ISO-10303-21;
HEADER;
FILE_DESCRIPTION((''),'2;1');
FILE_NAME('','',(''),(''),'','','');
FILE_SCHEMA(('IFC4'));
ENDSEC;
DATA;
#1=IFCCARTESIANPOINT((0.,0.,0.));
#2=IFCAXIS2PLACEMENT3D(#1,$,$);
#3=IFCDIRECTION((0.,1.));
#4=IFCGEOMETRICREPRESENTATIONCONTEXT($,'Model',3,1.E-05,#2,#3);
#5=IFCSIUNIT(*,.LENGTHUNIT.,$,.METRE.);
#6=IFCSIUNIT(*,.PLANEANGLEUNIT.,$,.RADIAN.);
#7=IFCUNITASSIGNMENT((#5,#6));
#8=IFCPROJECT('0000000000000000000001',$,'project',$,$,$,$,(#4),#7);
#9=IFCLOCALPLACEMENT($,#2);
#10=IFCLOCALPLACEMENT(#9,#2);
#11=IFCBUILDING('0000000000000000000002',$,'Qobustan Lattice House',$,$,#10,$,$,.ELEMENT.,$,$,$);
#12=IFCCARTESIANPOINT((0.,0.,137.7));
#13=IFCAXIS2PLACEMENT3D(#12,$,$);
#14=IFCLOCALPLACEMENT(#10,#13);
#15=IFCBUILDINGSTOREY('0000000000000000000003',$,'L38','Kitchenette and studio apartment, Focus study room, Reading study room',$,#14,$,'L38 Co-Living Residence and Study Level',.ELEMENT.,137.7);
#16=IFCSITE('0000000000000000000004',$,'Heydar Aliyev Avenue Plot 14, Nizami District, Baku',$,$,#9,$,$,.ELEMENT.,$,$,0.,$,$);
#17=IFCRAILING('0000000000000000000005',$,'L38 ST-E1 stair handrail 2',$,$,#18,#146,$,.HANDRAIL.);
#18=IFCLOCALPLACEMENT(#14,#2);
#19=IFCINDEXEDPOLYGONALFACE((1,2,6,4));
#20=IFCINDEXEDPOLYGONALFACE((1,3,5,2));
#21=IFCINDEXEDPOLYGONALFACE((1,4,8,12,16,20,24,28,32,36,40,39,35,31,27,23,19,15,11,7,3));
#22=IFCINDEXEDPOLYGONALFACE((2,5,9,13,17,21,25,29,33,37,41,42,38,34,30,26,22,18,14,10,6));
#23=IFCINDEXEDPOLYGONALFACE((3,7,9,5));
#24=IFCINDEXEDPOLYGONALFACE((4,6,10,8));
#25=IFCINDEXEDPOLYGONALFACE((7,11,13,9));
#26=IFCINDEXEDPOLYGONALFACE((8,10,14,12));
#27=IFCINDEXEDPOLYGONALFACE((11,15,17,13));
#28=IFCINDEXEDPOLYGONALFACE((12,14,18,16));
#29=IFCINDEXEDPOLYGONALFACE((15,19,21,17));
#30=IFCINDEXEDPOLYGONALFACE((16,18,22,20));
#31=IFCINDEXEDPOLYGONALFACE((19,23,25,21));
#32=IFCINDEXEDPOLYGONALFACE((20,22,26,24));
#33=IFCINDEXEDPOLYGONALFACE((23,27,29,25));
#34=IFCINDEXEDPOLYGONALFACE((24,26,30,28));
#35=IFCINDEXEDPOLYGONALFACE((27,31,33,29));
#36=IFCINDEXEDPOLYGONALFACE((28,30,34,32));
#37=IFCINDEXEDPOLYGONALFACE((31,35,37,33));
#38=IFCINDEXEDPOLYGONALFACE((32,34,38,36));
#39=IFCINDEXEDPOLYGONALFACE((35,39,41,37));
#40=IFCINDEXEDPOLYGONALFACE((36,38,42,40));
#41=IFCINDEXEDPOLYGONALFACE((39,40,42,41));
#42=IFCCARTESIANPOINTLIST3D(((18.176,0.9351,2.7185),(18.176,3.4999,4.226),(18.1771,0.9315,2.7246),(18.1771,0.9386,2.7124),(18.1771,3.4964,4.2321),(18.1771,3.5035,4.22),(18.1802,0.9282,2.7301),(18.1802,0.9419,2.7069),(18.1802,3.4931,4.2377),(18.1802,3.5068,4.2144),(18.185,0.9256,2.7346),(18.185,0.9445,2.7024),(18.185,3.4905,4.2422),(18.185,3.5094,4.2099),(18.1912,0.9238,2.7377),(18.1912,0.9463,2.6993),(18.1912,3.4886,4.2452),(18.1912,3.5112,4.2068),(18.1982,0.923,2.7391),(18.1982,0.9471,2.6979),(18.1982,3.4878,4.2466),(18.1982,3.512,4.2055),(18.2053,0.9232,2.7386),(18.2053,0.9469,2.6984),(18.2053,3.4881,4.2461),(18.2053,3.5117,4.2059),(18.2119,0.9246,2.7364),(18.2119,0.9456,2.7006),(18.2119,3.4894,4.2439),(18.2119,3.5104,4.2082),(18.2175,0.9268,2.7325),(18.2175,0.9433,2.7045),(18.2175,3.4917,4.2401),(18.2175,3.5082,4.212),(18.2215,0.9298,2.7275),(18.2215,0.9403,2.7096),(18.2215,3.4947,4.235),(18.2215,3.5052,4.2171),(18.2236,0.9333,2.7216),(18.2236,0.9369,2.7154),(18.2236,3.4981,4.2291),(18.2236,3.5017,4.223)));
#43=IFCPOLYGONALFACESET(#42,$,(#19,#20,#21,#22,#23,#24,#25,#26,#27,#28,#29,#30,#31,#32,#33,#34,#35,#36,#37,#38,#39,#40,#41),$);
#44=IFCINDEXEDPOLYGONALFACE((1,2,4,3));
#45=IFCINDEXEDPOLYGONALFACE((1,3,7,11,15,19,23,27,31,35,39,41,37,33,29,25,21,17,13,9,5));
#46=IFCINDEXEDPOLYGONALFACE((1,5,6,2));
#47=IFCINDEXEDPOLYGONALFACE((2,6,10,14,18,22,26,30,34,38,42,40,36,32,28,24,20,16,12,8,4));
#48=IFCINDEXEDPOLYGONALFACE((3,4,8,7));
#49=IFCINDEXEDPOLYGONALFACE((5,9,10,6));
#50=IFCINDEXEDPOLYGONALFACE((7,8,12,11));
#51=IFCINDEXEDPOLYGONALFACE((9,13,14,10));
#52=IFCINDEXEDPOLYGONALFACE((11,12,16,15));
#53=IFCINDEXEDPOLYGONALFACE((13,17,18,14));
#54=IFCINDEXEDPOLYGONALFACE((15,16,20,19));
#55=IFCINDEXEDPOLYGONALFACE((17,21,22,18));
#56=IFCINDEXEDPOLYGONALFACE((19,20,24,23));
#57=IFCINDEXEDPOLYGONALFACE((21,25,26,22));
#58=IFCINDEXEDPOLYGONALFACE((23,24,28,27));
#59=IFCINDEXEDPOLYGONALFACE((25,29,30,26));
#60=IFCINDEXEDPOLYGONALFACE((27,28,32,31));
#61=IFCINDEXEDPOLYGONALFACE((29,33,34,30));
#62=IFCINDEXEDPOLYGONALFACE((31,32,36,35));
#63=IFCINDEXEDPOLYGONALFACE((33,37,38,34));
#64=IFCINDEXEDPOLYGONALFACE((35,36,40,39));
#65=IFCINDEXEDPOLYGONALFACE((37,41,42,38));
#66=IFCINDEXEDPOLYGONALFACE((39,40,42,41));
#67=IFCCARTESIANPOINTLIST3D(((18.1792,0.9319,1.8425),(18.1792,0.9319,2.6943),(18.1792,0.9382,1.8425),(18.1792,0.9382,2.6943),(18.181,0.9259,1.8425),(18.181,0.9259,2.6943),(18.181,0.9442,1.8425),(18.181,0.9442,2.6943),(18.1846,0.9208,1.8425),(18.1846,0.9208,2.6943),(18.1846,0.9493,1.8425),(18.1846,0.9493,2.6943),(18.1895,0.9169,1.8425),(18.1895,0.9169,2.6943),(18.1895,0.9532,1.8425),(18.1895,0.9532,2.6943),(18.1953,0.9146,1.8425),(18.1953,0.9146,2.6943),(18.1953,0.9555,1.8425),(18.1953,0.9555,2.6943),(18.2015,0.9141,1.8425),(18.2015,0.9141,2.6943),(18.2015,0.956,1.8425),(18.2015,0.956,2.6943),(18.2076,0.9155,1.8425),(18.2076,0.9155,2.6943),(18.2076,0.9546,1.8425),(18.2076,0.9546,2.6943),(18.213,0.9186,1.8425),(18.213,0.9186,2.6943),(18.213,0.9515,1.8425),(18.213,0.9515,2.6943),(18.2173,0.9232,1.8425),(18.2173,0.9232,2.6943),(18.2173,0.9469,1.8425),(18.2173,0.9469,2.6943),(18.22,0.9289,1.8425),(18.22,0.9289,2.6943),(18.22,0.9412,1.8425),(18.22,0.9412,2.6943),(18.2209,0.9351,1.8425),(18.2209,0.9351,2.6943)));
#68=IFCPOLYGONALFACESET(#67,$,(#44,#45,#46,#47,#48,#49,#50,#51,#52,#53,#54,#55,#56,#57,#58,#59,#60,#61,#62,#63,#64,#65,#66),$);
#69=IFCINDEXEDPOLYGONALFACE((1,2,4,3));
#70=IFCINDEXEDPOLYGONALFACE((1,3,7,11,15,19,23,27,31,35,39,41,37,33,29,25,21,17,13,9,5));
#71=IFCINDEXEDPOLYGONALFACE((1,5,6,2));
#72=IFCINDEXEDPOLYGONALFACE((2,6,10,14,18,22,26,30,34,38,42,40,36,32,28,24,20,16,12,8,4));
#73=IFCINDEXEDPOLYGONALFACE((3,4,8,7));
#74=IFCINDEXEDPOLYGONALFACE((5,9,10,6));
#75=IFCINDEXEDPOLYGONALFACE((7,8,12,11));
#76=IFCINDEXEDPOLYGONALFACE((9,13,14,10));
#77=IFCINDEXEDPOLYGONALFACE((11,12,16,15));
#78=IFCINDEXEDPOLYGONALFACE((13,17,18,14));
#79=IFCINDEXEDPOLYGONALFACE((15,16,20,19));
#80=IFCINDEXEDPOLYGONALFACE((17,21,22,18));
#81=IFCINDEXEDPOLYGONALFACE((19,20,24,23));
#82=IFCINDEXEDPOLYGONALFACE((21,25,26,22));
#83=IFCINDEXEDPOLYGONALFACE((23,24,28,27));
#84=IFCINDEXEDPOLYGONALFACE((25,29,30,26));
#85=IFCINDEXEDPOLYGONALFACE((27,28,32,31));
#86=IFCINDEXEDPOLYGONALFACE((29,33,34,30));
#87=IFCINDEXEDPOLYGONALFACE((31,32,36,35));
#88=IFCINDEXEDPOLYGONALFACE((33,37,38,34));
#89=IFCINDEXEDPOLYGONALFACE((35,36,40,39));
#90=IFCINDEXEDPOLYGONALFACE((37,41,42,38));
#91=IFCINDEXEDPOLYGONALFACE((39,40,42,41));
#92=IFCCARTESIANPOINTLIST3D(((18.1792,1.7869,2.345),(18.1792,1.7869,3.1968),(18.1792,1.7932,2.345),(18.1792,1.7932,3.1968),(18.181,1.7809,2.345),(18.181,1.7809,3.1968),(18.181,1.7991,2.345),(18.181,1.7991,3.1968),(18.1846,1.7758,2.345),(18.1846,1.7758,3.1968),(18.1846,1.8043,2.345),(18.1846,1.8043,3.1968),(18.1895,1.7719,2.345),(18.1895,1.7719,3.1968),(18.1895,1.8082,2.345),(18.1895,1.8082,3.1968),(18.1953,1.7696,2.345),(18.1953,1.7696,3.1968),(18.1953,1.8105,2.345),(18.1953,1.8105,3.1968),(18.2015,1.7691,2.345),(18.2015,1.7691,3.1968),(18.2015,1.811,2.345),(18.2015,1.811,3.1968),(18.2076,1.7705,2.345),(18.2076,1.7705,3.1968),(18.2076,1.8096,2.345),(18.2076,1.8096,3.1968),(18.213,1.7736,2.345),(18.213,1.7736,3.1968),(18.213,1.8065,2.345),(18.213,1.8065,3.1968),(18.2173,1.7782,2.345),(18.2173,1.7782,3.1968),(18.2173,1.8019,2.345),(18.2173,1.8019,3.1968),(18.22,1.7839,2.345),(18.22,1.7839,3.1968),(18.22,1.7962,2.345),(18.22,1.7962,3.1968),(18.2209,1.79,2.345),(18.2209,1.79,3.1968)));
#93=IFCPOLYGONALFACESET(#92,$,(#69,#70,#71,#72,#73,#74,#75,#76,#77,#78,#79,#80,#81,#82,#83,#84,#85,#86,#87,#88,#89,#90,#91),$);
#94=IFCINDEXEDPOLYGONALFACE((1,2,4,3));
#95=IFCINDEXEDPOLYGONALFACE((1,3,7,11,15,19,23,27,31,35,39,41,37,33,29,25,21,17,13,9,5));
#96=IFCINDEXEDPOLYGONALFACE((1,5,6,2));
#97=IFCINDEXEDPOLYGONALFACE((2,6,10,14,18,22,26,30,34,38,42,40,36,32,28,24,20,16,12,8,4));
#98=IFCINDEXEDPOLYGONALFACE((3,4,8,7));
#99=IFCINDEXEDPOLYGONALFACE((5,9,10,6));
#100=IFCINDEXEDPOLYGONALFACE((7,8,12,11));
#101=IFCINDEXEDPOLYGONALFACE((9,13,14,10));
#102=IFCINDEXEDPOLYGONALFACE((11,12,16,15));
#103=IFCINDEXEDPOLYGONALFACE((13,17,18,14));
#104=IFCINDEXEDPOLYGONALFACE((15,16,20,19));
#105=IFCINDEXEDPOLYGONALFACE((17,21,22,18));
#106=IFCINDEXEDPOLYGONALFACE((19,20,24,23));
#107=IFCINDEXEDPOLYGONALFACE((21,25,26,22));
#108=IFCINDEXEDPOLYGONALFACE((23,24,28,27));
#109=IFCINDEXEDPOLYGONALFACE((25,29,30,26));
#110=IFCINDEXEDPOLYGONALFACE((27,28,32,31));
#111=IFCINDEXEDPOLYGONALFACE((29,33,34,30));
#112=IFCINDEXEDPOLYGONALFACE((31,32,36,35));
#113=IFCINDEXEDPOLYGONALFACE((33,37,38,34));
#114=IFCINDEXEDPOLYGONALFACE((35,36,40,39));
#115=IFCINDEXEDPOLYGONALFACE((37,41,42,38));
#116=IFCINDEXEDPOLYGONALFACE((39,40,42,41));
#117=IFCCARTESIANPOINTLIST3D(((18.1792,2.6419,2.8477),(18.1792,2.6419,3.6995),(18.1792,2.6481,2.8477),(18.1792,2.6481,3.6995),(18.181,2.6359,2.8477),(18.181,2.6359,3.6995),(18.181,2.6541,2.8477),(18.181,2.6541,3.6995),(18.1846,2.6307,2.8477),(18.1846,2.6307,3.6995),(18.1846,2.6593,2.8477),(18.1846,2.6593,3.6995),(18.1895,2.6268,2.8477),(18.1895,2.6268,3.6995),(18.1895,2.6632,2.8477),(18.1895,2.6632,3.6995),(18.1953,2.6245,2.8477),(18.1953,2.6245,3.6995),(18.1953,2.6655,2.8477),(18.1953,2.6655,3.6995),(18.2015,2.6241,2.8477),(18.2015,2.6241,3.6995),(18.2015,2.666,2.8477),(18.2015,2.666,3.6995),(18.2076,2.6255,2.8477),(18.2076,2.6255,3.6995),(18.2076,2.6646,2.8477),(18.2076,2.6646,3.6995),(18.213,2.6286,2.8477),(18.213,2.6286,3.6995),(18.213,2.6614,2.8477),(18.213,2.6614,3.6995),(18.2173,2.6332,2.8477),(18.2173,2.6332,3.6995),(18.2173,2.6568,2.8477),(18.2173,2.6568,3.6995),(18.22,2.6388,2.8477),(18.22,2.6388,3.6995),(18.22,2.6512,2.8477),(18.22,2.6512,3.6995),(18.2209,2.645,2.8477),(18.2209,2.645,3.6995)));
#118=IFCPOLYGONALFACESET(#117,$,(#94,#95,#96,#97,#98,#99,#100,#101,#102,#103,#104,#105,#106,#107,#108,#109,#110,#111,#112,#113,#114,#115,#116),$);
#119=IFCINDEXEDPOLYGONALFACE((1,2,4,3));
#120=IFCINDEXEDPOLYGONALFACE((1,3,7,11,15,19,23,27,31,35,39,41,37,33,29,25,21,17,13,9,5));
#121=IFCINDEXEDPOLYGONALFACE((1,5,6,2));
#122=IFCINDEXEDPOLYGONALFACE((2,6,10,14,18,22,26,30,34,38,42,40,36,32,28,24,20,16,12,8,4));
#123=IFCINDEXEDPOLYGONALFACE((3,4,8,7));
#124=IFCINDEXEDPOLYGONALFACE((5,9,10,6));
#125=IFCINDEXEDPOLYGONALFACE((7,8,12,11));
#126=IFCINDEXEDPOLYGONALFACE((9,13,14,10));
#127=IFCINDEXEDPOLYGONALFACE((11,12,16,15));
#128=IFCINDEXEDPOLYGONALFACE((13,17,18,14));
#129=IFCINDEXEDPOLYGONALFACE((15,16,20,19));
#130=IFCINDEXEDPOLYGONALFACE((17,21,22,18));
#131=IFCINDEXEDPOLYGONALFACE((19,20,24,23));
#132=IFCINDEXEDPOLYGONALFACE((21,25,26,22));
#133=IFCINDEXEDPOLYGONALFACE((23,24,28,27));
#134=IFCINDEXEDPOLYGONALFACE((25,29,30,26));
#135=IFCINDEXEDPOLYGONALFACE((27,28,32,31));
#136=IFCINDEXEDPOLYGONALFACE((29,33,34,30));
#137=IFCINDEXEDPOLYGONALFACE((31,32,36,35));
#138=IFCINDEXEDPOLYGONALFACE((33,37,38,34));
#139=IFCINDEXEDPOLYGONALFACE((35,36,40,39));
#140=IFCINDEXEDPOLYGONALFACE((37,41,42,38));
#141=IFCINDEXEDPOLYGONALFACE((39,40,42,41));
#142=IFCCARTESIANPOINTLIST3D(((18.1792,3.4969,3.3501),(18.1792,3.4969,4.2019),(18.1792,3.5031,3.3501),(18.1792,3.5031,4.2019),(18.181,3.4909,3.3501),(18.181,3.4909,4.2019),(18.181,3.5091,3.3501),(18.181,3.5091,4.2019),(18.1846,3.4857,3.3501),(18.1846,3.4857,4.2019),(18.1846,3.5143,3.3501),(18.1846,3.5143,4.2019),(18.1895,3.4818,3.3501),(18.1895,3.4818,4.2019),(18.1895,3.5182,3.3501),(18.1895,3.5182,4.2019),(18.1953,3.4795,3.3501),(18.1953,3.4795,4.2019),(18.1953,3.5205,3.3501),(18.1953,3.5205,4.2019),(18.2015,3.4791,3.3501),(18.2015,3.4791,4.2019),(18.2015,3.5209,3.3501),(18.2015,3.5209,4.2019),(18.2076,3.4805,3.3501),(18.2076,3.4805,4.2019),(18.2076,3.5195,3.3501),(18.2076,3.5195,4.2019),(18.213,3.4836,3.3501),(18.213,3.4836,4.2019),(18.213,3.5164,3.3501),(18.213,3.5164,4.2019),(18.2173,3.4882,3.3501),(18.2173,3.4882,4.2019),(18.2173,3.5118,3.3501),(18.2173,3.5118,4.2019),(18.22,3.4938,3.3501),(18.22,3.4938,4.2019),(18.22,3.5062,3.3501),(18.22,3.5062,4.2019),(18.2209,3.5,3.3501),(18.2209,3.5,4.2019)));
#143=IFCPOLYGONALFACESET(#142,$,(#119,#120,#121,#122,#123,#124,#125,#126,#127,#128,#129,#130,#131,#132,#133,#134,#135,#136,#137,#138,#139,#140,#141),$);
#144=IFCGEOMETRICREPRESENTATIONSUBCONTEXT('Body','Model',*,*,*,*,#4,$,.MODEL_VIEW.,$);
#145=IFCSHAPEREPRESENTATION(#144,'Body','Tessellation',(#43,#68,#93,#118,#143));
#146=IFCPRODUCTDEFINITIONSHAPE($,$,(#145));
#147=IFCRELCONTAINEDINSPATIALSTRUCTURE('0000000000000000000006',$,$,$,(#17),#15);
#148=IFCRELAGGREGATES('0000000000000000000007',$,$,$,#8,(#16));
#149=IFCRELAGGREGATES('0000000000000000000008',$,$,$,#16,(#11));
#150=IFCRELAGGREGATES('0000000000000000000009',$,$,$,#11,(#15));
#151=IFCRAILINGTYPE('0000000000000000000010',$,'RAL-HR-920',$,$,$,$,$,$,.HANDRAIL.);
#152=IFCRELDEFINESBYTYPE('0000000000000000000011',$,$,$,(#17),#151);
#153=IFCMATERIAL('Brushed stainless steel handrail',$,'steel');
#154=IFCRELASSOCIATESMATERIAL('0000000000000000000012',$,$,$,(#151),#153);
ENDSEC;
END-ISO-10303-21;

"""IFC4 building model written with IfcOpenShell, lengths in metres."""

from ifc_helpers import new_model, si_unit, direction, frame, origin, origin_2d, place, context, subcontext, project, spatial, circle, extrude, material, type_object, element, save


model = new_model("IFC4")

# Units and contexts
model_context = context("Model", 3, precision=1e-05, world=origin(), true_north=direction((0.0, 1.0)))
body_context = subcontext(model_context, "Body", "Model", "MODEL_VIEW")
ifc_project = project(units=[si_unit("LENGTHUNIT", "METRE"), si_unit("PLANEANGLEUNIT", "RADIAN")], contexts=[model_context])

# Site, building, storey
site_placement = place(None, origin())
site = spatial("IfcSite", under=ifc_project, at=site_placement, Name="Heydar Aliyev Avenue Plot 14, Nizami District, Baku", CompositionType="ELEMENT", RefElevation=0.0)
building_placement = place(site_placement, origin())
building = spatial("IfcBuilding", under=site, at=building_placement, Name="Qobustan Lattice House", CompositionType="ELEMENT")
storey_placement = place(building_placement, frame((0.0, 0.0, 137.7)))
storey = spatial("IfcBuildingStorey", under=building, at=storey_placement, Name="L38", Description="Kitchenette and studio apartment, Focus study room, Reading study room", LongName="L38 Co-Living Residence and Study Level", CompositionType="ELEMENT", Elevation=137.7)

# Railing
ifc_material_1 = material(Name="Brushed stainless steel handrail", Category="steel")
railing_type_1 = type_object("IfcRailingType", Name="RAL-HR-920", PredefinedType="HANDRAIL", material=ifc_material_1)
railing_1_placement = place(storey_placement, frame((18.2, 0.9351, 1.8425)))
element("IfcRailing", 1, at=railing_1_placement, inside=storey, type_object=railing_type_1, Name="L38 ST-E1 stair handrail 2", PredefinedType="HANDRAIL", context=body_context, shape_type="SweptSolid", body=[
    extrude(circle(Radius=0.0239, at=origin_2d()), frame((0.0, 0.0, 0.876), z_axis=(0.0, 0.862113, 0.506715), x_axis=(-1.0, 0.0, 0.0)), (0.0, 0.0, 1.0), 2.9751),
    extrude(circle(Radius=0.021, at=origin_2d()), origin(), (0.0, 0.0, 1.0), 0.8518),
    extrude(circle(Radius=0.021, at=origin_2d()), frame((0.0, 0.855, 0.5024)), (0.0, 0.0, 1.0), 0.8518),
    extrude(circle(Radius=0.021, at=origin_2d()), frame((0.0, 1.71, 1.0051)), (0.0, 0.0, 1.0), 0.8518),
    extrude(circle(Radius=0.021, at=origin_2d()), frame((0.0, 2.5649, 1.5076)), (0.0, 0.0, 1.0), 0.8518),
])

save(model, "model.ifc")
